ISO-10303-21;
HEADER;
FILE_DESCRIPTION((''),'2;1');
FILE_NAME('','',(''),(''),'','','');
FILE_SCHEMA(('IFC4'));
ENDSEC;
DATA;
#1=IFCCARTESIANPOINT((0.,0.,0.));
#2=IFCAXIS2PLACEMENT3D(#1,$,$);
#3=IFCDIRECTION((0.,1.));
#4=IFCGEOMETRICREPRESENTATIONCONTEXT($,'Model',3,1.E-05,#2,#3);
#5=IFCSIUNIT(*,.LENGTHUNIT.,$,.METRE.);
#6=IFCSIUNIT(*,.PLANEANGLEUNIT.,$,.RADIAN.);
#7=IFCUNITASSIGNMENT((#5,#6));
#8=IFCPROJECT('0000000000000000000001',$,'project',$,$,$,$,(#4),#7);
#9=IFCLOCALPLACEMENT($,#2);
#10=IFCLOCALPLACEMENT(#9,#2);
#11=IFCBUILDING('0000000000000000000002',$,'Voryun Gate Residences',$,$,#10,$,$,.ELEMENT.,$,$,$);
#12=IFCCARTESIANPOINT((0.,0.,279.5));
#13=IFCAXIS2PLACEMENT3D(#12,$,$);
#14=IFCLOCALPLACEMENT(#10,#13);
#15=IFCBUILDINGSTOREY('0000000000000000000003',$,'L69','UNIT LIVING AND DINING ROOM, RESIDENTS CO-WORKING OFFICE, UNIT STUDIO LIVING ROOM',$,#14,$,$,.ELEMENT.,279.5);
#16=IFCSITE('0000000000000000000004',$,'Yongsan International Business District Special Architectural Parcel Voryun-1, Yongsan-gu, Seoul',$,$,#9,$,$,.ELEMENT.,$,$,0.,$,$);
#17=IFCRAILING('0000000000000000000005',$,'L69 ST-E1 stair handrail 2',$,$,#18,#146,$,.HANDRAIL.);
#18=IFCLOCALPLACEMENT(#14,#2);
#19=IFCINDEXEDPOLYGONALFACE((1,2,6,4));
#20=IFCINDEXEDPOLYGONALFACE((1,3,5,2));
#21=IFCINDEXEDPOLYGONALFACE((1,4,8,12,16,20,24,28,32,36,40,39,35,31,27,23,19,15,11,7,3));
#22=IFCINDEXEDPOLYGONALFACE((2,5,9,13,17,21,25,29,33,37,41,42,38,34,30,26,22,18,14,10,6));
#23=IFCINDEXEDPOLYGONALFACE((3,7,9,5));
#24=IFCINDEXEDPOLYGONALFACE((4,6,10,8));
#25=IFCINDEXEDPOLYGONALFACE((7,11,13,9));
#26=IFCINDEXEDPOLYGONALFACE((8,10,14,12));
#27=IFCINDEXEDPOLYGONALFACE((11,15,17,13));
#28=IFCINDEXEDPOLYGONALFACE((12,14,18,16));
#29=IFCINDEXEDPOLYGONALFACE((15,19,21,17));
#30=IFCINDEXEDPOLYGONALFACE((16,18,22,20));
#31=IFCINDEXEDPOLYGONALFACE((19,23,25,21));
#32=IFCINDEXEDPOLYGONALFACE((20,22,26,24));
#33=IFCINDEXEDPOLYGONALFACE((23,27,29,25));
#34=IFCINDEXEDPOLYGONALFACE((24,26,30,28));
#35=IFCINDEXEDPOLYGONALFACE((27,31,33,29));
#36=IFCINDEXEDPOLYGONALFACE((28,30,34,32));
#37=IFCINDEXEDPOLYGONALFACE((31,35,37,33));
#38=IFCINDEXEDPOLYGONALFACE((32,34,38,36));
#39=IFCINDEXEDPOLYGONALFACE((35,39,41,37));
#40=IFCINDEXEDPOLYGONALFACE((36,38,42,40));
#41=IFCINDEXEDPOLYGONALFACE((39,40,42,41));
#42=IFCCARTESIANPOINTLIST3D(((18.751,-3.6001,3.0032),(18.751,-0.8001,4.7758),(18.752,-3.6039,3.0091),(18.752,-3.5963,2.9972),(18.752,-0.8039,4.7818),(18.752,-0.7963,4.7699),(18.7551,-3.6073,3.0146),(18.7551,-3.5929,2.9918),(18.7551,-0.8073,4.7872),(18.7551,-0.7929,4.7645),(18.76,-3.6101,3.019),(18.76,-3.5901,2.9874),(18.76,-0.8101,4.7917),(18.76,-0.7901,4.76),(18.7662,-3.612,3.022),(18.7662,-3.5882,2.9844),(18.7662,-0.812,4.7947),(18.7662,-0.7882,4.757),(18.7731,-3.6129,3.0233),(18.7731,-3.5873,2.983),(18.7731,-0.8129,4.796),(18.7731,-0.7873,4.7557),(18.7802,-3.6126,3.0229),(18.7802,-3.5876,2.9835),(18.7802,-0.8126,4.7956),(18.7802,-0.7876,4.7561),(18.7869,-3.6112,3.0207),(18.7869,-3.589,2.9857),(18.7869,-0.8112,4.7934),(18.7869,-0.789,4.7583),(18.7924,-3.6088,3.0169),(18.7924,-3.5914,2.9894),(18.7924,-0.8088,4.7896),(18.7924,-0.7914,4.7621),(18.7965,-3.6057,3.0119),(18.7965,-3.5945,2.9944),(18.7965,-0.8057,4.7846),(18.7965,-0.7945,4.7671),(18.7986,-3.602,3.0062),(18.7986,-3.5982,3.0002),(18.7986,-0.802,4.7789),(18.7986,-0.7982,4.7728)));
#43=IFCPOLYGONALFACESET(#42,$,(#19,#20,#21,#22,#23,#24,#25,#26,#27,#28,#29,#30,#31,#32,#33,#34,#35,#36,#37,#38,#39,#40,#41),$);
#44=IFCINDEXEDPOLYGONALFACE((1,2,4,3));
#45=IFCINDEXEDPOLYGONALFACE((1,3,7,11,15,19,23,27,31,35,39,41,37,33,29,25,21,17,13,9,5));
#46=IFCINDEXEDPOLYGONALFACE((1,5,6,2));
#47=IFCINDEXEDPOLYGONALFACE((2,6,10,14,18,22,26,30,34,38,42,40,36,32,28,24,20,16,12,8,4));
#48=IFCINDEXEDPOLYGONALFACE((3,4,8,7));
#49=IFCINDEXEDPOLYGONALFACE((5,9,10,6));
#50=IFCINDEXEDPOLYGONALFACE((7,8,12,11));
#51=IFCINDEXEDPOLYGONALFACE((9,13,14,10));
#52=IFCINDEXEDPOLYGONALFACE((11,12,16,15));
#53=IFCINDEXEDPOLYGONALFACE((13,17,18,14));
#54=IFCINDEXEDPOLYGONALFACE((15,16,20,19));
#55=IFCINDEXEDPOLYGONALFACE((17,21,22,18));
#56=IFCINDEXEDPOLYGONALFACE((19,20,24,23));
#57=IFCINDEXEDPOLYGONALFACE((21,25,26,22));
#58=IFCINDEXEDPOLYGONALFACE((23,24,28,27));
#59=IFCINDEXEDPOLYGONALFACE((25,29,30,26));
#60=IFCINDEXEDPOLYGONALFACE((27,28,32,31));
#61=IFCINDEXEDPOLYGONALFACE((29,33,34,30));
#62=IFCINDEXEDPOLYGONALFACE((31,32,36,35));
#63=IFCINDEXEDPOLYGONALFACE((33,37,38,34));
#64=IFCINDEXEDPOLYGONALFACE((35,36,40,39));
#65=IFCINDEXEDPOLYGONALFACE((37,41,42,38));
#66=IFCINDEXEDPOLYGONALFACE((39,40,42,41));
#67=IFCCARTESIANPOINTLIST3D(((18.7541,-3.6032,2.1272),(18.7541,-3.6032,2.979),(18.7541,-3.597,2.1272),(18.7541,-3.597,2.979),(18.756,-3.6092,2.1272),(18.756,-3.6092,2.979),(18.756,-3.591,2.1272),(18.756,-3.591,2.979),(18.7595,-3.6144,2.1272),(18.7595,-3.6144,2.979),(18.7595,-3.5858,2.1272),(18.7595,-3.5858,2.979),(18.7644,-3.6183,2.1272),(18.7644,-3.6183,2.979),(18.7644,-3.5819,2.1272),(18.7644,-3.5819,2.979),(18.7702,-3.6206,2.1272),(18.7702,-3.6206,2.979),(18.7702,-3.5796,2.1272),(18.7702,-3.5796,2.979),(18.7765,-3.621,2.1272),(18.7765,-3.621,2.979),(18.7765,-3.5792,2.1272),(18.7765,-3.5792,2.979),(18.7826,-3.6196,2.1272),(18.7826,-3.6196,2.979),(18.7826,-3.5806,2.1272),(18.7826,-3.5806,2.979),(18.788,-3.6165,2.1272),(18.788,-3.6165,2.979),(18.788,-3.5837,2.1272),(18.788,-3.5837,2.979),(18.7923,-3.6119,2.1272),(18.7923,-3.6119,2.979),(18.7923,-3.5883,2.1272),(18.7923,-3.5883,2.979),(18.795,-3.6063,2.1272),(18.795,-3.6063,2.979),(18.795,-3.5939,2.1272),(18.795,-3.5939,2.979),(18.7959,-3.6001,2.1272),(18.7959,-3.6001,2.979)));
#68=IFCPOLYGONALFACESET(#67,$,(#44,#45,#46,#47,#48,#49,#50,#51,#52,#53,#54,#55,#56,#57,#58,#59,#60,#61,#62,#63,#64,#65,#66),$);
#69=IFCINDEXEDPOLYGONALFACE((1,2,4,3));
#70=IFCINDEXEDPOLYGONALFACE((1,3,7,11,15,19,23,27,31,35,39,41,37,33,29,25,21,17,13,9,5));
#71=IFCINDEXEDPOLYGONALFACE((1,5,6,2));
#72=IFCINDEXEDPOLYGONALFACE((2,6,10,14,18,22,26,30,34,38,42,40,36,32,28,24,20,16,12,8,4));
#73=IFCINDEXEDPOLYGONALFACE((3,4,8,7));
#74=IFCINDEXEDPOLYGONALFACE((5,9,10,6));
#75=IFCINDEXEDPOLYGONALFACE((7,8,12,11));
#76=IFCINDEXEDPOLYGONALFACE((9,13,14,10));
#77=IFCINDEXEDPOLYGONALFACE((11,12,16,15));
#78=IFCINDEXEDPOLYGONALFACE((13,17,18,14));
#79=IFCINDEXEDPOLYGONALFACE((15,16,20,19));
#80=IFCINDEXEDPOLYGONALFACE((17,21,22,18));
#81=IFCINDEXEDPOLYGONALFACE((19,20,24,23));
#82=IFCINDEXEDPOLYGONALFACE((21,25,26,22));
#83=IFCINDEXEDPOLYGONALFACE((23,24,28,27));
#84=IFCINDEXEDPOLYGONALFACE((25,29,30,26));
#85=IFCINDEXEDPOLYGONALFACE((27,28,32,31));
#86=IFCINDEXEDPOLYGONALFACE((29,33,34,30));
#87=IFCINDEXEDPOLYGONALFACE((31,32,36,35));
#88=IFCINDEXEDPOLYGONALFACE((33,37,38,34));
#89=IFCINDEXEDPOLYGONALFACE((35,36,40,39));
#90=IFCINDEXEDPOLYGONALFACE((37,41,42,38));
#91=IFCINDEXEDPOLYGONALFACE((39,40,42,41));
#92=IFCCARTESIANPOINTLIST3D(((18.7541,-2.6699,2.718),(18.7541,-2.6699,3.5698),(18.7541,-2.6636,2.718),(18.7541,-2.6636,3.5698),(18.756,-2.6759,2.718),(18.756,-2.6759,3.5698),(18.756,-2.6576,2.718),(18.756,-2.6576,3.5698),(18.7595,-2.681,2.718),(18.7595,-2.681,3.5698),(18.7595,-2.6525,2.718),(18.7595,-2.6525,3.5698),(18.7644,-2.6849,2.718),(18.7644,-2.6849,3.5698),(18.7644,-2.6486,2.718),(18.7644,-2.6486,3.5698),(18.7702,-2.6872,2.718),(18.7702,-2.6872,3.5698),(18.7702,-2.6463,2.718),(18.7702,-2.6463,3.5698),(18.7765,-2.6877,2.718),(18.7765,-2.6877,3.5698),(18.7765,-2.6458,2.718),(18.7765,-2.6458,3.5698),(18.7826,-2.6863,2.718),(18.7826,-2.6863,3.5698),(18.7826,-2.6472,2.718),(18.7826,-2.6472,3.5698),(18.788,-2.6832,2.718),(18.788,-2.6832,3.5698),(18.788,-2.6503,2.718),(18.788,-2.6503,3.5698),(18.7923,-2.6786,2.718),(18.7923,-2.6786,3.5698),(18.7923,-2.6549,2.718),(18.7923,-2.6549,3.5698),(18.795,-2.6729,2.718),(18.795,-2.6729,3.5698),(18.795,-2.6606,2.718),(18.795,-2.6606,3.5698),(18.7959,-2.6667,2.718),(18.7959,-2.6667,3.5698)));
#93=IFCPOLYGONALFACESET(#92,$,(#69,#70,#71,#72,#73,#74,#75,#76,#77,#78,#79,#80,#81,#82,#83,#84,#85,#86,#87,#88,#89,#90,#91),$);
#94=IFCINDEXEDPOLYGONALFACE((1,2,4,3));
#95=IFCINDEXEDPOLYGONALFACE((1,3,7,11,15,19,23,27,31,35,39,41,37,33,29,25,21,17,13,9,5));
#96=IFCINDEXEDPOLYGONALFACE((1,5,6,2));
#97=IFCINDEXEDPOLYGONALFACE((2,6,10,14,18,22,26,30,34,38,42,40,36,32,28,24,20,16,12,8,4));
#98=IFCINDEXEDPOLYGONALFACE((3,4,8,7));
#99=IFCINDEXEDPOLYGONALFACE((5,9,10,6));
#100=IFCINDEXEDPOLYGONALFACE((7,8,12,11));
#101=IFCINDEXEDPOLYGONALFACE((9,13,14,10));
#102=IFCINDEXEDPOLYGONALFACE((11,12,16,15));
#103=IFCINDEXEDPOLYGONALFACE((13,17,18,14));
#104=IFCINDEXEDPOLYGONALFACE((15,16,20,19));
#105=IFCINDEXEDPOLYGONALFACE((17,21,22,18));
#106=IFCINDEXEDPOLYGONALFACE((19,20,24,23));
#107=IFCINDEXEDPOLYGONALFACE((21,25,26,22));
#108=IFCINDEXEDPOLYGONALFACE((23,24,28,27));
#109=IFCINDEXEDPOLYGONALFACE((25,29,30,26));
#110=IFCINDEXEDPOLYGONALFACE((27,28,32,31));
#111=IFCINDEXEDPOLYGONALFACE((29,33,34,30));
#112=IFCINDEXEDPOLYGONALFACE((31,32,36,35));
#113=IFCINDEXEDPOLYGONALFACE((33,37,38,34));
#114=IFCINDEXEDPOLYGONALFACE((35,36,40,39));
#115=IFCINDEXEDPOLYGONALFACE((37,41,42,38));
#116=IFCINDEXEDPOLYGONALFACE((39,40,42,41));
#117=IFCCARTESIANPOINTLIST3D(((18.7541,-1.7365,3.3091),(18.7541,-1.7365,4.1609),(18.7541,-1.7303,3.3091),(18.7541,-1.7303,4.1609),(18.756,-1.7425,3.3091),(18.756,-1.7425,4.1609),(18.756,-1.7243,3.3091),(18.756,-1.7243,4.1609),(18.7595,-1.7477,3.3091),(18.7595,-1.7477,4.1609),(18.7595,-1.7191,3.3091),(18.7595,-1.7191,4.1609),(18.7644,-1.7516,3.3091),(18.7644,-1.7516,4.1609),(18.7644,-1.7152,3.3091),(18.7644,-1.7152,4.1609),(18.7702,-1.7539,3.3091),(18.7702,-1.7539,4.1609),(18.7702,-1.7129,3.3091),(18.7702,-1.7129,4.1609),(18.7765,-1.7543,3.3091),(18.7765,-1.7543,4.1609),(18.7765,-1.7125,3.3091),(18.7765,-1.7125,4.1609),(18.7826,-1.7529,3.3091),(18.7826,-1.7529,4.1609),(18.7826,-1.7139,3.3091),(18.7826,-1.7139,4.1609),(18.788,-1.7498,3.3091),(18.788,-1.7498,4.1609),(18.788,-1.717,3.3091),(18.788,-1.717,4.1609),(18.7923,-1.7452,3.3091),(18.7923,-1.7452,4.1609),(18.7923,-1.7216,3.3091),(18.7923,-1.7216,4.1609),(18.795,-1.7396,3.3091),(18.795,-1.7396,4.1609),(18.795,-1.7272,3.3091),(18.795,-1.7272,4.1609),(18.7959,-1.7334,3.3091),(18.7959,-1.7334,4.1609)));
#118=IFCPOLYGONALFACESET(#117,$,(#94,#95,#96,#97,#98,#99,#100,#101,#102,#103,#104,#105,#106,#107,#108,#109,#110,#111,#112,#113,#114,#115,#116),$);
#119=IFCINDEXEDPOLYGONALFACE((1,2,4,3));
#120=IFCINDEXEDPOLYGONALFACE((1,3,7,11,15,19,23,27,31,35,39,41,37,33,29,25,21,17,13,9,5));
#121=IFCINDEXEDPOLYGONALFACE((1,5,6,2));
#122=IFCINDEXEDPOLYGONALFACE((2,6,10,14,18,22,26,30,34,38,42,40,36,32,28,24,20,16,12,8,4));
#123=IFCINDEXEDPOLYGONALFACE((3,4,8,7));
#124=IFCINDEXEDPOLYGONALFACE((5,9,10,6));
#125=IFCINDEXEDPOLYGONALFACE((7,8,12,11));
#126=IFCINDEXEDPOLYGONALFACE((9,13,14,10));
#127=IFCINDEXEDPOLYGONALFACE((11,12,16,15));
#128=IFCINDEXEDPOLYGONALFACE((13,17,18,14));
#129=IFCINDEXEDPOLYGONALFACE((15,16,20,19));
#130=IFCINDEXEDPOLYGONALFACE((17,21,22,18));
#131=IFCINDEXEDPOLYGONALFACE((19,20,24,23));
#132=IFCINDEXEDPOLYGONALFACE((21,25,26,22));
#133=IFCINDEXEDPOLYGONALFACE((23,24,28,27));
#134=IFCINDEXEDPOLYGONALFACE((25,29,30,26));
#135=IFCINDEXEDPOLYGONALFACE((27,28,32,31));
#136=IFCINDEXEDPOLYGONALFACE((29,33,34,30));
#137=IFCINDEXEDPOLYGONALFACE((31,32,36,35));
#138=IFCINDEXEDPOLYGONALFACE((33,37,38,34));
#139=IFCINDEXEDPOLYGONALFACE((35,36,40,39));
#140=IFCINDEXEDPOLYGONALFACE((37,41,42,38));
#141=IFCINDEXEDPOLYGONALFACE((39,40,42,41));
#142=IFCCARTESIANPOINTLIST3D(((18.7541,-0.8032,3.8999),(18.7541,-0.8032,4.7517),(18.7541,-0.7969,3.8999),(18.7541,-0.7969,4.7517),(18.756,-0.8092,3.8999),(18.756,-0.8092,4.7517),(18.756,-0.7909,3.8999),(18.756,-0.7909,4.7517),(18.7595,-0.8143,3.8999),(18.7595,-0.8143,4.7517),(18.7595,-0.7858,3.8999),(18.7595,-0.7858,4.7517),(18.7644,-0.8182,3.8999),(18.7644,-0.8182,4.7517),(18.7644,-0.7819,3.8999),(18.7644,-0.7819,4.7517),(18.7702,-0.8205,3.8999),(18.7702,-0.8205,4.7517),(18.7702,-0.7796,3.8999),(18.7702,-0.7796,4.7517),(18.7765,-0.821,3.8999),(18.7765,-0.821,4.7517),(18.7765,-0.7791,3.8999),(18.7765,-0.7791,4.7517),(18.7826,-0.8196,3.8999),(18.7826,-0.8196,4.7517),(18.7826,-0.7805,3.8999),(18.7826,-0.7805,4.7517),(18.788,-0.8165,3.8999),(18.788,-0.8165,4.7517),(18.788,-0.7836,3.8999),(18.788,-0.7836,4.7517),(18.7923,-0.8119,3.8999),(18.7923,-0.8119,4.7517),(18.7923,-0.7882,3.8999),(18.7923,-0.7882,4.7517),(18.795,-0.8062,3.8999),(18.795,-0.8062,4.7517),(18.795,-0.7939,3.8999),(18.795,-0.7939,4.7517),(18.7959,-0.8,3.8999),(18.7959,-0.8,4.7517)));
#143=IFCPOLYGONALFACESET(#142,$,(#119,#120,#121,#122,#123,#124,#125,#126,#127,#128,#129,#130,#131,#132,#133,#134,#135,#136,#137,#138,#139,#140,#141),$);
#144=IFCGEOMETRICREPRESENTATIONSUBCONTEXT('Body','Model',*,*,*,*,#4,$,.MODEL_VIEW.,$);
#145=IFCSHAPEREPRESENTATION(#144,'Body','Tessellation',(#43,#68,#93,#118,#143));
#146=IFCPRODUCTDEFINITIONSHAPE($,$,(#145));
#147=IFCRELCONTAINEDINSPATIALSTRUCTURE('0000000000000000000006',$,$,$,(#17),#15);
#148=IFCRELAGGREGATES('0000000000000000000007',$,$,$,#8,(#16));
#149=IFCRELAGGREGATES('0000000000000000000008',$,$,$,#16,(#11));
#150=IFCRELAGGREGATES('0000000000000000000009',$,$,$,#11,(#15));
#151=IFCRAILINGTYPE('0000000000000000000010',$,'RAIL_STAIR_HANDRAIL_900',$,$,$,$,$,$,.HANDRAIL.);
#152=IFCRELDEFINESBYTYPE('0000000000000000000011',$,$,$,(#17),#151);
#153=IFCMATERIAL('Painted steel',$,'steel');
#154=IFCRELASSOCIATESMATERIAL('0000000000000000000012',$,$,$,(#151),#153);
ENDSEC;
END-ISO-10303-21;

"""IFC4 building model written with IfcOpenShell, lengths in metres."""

from ifc_helpers import new_model, si_unit, direction, frame, origin, origin_2d, place, context, subcontext, project, spatial, circle, extrude, material, type_object, element, save


model = new_model("IFC4")

# Units and contexts
model_context = context("Model", 3, precision=1e-05, world=origin(), true_north=direction((0.0, 1.0)))
body_context = subcontext(model_context, "Body", "Model", "MODEL_VIEW")
ifc_project = project(units=[si_unit("LENGTHUNIT", "METRE"), si_unit("PLANEANGLEUNIT", "RADIAN")], contexts=[model_context])

# Site, building, storey
site_placement = place(None, origin())
site = spatial("IfcSite", under=ifc_project, at=site_placement, Name="Yongsan International Business District Special Architectural Parcel Voryun-1, Yongsan-gu, Seoul", CompositionType="ELEMENT", RefElevation=0.0)
building_placement = place(site_placement, origin())
building = spatial("IfcBuilding", under=site, at=building_placement, Name="Voryun Gate Residences", CompositionType="ELEMENT")
storey_placement = place(building_placement, frame((0.0, 0.0, 279.5)))
storey = spatial("IfcBuildingStorey", under=building, at=storey_placement, Name="L69", Description="UNIT LIVING AND DINING ROOM, RESIDENTS CO-WORKING OFFICE, UNIT STUDIO LIVING ROOM", CompositionType="ELEMENT", Elevation=279.5)

# Railing
ifc_material_1 = material(Name="Painted steel", Category="steel")
railing_type_1 = type_object("IfcRailingType", Name="RAIL_STAIR_HANDRAIL_900", PredefinedType="HANDRAIL", material=ifc_material_1)
railing_1_placement = place(storey_placement, frame((18.7749, -3.6001, 2.1272)))
element("IfcRailing", 1, at=railing_1_placement, inside=storey, type_object=railing_type_1, Name="L69 ST-E1 stair handrail 2", PredefinedType="HANDRAIL", context=body_context, shape_type="SweptSolid", body=[
    extrude(circle(Radius=0.0239, at=origin_2d()), frame((0.0, 0.0, 0.876), z_axis=(0.0, 0.844909, 0.53491), x_axis=(-1.0, 0.0, 0.0)), (0.0, 0.0, 1.0), 3.314),
    extrude(circle(Radius=0.021, at=origin_2d()), origin(), (0.0, 0.0, 1.0), 0.8518),
    extrude(circle(Radius=0.021, at=origin_2d()), frame((0.0, 0.9333, 0.5908)), (0.0, 0.0, 1.0), 0.8518),
    extrude(circle(Radius=0.021, at=origin_2d()), frame((0.0, 1.8667, 1.1819)), (0.0, 0.0, 1.0), 0.8518),
    extrude(circle(Radius=0.021, at=origin_2d()), frame((0.0, 2.8, 1.7727)), (0.0, 0.0, 1.0), 0.8518),
])

save(model, "model.ifc")
